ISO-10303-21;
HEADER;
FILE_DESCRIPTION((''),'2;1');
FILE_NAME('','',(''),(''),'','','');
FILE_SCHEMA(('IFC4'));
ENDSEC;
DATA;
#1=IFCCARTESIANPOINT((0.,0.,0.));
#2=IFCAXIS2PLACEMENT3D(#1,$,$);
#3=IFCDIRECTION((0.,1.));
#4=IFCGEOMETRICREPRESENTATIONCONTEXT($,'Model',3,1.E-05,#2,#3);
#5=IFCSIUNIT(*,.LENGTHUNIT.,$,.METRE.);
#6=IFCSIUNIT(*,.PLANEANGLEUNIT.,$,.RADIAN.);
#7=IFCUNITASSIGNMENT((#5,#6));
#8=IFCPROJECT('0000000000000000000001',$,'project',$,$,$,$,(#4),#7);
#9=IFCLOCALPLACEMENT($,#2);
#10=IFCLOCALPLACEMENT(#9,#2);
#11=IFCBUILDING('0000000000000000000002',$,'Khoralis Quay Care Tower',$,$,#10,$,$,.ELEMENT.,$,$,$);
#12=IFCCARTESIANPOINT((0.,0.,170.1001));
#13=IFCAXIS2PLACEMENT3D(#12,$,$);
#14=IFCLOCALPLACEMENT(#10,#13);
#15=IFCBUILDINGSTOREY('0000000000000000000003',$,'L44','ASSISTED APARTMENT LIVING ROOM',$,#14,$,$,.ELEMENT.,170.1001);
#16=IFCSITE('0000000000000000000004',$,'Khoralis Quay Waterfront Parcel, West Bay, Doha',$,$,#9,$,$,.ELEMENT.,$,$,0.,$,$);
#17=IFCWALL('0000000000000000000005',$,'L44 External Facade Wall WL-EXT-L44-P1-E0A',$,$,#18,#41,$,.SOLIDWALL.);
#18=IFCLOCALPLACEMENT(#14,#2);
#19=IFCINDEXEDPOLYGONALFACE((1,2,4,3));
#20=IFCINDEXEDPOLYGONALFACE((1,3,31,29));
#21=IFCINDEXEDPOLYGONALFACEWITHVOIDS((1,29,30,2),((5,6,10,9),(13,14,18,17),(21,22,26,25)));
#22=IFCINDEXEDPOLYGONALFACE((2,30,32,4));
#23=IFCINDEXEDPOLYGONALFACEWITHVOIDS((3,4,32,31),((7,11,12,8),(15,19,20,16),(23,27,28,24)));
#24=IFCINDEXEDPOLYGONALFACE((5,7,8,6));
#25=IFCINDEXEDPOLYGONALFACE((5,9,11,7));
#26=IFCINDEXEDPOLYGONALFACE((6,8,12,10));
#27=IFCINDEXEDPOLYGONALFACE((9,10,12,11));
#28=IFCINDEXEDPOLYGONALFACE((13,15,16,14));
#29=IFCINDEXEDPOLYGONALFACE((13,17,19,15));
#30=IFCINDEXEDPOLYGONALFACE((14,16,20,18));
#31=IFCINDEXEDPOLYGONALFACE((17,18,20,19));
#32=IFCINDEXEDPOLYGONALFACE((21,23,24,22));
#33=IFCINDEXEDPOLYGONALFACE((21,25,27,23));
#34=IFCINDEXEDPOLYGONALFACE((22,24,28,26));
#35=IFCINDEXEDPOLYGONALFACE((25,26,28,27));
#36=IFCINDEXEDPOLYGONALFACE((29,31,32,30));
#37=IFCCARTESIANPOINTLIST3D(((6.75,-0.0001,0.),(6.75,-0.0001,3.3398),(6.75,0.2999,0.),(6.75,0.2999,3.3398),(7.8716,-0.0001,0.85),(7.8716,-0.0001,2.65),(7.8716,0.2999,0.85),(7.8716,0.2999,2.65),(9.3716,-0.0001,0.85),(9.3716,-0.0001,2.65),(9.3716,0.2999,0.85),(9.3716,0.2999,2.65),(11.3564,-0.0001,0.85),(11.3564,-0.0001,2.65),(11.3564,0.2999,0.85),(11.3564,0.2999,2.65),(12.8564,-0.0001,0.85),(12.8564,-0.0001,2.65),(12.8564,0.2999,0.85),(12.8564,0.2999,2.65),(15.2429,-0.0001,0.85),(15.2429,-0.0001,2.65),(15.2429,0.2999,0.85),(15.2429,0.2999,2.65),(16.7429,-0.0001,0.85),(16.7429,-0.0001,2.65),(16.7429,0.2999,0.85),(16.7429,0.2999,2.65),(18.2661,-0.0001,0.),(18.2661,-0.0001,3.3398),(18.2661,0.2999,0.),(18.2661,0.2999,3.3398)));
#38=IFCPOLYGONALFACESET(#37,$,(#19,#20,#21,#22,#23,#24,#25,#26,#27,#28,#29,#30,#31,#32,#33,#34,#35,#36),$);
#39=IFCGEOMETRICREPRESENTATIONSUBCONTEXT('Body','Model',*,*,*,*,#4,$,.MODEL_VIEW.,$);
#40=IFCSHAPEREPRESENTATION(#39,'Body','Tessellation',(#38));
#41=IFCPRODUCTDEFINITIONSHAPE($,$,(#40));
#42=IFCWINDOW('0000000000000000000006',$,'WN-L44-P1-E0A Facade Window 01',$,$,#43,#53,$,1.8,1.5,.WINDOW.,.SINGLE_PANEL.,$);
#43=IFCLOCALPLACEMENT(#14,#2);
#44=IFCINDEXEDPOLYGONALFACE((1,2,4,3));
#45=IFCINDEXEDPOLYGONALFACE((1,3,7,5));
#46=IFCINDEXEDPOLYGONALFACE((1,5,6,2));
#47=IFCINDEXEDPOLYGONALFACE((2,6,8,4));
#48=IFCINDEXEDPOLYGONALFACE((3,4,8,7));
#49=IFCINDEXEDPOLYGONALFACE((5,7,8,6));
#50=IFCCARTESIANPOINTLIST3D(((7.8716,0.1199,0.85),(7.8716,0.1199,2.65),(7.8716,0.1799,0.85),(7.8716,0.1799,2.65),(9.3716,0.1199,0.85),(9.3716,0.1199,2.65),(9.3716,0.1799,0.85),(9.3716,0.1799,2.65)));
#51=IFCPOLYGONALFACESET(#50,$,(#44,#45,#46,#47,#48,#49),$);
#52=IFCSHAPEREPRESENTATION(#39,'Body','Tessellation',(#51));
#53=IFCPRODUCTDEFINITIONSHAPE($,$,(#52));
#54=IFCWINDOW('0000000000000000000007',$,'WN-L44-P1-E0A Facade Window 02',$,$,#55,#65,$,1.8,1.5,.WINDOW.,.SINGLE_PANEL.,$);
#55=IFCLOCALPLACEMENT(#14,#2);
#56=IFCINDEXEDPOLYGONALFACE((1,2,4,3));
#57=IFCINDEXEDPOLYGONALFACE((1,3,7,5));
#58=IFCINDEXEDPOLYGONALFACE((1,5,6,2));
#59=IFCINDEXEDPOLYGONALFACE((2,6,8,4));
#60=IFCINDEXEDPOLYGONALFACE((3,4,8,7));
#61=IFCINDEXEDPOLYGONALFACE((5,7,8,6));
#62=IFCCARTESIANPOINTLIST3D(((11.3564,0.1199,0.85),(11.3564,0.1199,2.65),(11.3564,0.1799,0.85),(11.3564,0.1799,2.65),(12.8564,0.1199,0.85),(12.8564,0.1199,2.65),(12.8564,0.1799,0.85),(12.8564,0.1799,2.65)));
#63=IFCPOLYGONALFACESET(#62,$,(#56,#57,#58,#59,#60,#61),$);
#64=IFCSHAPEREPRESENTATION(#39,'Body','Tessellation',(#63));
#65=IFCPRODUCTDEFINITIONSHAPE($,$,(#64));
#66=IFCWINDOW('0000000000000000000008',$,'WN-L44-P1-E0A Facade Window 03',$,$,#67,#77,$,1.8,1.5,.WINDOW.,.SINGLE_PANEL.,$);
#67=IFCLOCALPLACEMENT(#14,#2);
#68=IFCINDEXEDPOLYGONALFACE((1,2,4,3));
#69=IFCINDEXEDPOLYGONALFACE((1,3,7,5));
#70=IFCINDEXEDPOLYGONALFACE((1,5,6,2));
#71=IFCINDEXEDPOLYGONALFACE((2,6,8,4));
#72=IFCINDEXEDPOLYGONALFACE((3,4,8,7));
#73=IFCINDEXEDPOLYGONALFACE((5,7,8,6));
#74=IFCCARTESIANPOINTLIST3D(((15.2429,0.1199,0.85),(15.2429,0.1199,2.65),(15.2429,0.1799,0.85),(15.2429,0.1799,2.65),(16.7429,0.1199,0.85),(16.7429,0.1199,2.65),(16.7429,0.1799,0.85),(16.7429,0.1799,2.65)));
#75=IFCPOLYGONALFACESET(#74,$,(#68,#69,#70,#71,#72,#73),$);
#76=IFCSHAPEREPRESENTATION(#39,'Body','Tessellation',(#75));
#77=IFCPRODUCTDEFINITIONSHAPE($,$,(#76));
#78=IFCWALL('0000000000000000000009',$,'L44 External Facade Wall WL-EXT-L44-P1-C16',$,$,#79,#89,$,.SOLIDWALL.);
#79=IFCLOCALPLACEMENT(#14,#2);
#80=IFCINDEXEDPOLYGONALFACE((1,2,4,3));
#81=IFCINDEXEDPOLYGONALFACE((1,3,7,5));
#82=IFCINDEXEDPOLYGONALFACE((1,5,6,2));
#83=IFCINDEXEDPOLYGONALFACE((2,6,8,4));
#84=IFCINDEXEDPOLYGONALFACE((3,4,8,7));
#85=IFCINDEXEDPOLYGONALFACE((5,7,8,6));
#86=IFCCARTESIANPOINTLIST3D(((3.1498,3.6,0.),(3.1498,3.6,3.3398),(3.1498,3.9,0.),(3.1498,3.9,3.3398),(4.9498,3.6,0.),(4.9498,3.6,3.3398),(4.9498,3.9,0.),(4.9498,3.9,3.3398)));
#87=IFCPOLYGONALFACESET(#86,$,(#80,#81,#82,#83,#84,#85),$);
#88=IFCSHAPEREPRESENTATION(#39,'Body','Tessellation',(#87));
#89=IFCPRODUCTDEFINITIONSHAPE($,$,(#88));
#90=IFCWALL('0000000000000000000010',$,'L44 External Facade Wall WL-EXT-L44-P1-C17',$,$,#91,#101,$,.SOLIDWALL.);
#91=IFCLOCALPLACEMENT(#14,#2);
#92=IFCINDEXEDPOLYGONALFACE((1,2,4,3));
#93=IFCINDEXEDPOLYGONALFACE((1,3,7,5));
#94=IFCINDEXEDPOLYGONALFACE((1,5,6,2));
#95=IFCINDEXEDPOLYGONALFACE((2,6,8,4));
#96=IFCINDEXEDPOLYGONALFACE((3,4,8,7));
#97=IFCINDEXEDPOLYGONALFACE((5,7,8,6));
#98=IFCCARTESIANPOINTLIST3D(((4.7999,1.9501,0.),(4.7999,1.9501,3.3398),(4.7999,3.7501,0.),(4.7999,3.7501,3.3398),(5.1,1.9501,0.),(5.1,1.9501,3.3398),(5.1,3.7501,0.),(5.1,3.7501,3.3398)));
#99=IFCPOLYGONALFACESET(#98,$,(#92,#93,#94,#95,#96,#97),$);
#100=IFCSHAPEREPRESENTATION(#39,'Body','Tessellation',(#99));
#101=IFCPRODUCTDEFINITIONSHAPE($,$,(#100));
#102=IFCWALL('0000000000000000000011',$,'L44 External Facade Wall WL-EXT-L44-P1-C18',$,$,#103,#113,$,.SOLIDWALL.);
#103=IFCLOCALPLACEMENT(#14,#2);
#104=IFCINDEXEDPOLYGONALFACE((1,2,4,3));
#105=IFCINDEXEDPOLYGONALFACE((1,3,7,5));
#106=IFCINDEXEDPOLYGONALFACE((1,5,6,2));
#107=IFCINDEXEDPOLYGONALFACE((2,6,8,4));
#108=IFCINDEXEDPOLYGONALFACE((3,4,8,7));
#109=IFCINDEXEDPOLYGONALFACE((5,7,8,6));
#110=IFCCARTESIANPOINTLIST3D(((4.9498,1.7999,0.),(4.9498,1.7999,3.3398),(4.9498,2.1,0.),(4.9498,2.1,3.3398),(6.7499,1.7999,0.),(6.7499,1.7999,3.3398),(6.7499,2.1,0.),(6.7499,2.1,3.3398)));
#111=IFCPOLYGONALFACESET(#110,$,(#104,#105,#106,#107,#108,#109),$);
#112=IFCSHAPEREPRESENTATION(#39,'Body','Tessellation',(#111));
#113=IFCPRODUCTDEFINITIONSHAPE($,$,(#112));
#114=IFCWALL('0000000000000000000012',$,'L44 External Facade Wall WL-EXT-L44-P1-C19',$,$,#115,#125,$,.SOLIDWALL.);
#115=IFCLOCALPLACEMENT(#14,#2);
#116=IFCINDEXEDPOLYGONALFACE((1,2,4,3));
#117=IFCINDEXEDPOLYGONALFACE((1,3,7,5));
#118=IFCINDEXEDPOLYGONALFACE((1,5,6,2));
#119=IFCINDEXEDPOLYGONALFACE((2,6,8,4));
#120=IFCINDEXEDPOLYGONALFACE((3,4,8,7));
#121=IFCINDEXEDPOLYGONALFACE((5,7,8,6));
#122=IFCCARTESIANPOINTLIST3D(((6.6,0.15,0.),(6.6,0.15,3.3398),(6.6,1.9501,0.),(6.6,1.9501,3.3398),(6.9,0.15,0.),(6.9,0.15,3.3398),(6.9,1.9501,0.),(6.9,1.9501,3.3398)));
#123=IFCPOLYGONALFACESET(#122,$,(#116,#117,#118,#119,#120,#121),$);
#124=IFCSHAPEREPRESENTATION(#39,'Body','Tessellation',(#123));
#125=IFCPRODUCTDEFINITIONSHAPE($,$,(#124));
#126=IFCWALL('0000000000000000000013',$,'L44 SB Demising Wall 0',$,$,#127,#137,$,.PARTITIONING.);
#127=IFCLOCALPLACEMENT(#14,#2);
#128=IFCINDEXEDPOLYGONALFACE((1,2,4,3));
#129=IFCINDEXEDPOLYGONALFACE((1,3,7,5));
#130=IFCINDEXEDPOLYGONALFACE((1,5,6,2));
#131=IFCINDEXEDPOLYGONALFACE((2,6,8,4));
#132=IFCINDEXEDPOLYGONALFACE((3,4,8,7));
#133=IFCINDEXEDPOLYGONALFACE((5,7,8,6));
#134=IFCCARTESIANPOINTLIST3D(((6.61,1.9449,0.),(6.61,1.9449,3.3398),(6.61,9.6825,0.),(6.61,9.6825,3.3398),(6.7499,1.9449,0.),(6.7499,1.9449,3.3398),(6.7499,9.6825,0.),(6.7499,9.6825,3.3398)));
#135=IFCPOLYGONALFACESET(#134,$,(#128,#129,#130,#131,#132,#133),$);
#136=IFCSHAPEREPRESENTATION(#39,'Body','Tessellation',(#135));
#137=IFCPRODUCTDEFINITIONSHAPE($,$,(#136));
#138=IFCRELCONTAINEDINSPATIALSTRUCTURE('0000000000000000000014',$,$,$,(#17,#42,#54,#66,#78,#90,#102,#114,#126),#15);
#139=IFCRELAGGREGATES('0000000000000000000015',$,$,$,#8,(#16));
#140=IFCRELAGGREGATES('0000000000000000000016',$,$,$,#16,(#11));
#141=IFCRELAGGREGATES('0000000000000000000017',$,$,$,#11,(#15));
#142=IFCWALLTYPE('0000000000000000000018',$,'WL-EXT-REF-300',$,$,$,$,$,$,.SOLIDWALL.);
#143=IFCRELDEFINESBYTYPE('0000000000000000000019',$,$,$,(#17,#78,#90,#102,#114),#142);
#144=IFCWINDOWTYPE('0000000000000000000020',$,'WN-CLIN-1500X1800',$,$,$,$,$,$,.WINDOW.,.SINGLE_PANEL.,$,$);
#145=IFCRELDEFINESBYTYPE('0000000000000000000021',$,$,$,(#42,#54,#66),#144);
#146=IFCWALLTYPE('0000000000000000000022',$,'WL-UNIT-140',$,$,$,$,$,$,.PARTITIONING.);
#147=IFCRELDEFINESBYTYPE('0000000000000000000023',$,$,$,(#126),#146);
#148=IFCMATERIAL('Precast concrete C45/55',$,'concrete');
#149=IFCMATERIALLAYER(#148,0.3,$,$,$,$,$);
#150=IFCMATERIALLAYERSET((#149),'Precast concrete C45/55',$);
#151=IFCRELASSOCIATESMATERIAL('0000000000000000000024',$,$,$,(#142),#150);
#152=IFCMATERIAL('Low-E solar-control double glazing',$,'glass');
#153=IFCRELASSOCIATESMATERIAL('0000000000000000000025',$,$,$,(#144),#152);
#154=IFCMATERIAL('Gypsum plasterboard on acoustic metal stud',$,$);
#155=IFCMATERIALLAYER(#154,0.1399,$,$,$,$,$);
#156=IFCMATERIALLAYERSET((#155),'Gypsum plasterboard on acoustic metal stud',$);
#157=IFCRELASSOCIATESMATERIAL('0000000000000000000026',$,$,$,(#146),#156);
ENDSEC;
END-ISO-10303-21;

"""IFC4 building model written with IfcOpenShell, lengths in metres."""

from ifc_helpers import new_model, si_unit, direction, frame, frame_2d, origin, place, context, subcontext, project, spatial, rectangle, extrude, source, transform, mapped, material, layer, layer_set, type_object, element, fill, save


model = new_model("IFC4")

# Units and contexts
model_context = context("Model", 3, precision=1e-05, world=origin(), true_north=direction((0.0, 1.0)))
body_context = subcontext(model_context, "Body", "Model", "MODEL_VIEW")
ifc_project = project(units=[si_unit("LENGTHUNIT", "METRE"), si_unit("PLANEANGLEUNIT", "RADIAN")], contexts=[model_context])

# Site, building, storey
site_placement = place(None, origin())
site = spatial("IfcSite", under=ifc_project, at=site_placement, Name="Khoralis Quay Waterfront Parcel, West Bay, Doha", CompositionType="ELEMENT", RefElevation=0.0)
building_placement = place(site_placement, origin())
building = spatial("IfcBuilding", under=site, at=building_placement, Name="Khoralis Quay Care Tower", CompositionType="ELEMENT")
storey_placement = place(building_placement, frame((0.0, 0.0, 170.1001)))
storey = spatial("IfcBuildingStorey", under=building, at=storey_placement, Name="L44", Description="ASSISTED APARTMENT LIVING ROOM", CompositionType="ELEMENT", Elevation=170.1001)

# Shared definitions
ifc_material_1 = material(Name="Precast concrete C45/55", Category="concrete")

# Wall, openings, windows
ifc_layer_1 = layer(ifc_material_1, 0.3)
ifc_layer_set_1 = layer_set([ifc_layer_1], Name="Precast concrete C45/55")
wall_type_1 = type_object("IfcWallType", Name="WL-EXT-REF-300", PredefinedType="SOLIDWALL", material=ifc_layer_set_1)
wall_1_placement = place(storey_placement, frame((6.75, 0.1499, 0.0), z_axis=(0.0, 0.0, 1.0), x_axis=(1.0, 0.0, 0.0)))
wall_1 = element("IfcWall", 1, at=wall_1_placement, inside=storey, type_object=wall_type_1, Name="L44 External Facade Wall WL-EXT-L44-P1-E0A", PredefinedType="SOLIDWALL", context=body_context, shape_type="SweptSolid", body=[
    extrude(rectangle(XDim=11.5161, YDim=0.3, at=frame_2d((5.7581, 0.0))), origin(), (0.0, 0.0, 1.0), 3.3398),
])
opening_1_placement = place(wall_1_placement, frame((1.1216, 0.0, 0.8501)))
opening_1 = element("IfcOpeningElement", 2, at=opening_1_placement, cuts=wall_1, PredefinedType="OPENING", context=body_context, shape_type="SweptSolid", body=[
    extrude(rectangle(XDim=1.5, YDim=1.8, at=frame_2d((0.75, 0.8999))), frame((0.0, 0.1602, 0.0), z_axis=(0.0, -1.0, 0.0), x_axis=(1.0, 0.0, 0.0)), (0.0, 0.0, 1.0), 0.3201),
])
opening_2_placement = place(wall_1_placement, frame((4.6064, 0.0, 0.8501)))
opening_2 = element("IfcOpeningElement", 3, at=opening_2_placement, cuts=wall_1, PredefinedType="OPENING", context=body_context, shape_type="SweptSolid", body=[
    extrude(rectangle(XDim=1.5, YDim=1.8, at=frame_2d((0.75, 0.8999))), frame((0.0, 0.1602, 0.0), z_axis=(0.0, -1.0, 0.0), x_axis=(1.0, 0.0, 0.0)), (0.0, 0.0, 1.0), 0.3201),
])
opening_3_placement = place(wall_1_placement, frame((8.4929, 0.0, 0.8501)))
opening_3 = element("IfcOpeningElement", 4, at=opening_3_placement, cuts=wall_1, PredefinedType="OPENING", context=body_context, shape_type="SweptSolid", body=[
    extrude(rectangle(XDim=1.5, YDim=1.8, at=frame_2d((0.75, 0.8999))), frame((0.0, 0.1602, 0.0), z_axis=(0.0, -1.0, 0.0), x_axis=(1.0, 0.0, 0.0)), (0.0, 0.0, 1.0), 0.3201),
])
ifc_material_2 = material(Name="Low-E solar-control double glazing", Category="glass")
window_type = type_object("IfcWindowType", Name="WN-CLIN-1500X1800", PartitioningType="SINGLE_PANEL", PredefinedType="WINDOW", material=ifc_material_2)
shared_shape_1 = source(origin(), body_context, "Body", "SweptSolid", [
    extrude(rectangle(XDim=1.5, YDim=1.8, at=frame_2d((0.75, 0.8999))), frame((0.0, 0.03, 0.0), z_axis=(0.0, -1.0, 0.0), x_axis=(1.0, 0.0, 0.0)), (0.0, 0.0, 1.0), 0.0601),
])
window_1_placement = place(opening_1_placement, origin())
window_1 = element("IfcWindow", 5, at=window_1_placement, inside=storey, type_object=window_type, Name="WN-L44-P1-E0A Facade Window 01", OverallHeight=1.8, OverallWidth=1.5, PartitioningType="SINGLE_PANEL", PredefinedType="WINDOW", context=body_context, shape_type="MappedRepresentation", body=[
    mapped(shared_shape_1, transform((0.0, 0.0, 0.0), scale=1.0)),
])
fill(opening_1, window_1)
window_2_placement = place(opening_2_placement, origin())
window_2 = element("IfcWindow", 6, at=window_2_placement, inside=storey, type_object=window_type, Name="WN-L44-P1-E0A Facade Window 02", OverallHeight=1.8, OverallWidth=1.5, PartitioningType="SINGLE_PANEL", PredefinedType="WINDOW", context=body_context, shape_type="MappedRepresentation", body=[
    mapped(shared_shape_1, transform((0.0, 0.0, 0.0), scale=1.0)),
])
fill(opening_2, window_2)
window_3_placement = place(opening_3_placement, origin())
window_3 = element("IfcWindow", 7, at=window_3_placement, inside=storey, type_object=window_type, Name="WN-L44-P1-E0A Facade Window 03", OverallHeight=1.8, OverallWidth=1.5, PartitioningType="SINGLE_PANEL", PredefinedType="WINDOW", context=body_context, shape_type="MappedRepresentation", body=[
    mapped(shared_shape_1, transform((0.0, 0.0, 0.0), scale=1.0)),
])
fill(opening_3, window_3)

# Walls
for number, where, z_axis, x_axis, name in (
    (8, (3.1499, 3.75, 0.0), (0.0, 0.0, 1.0), (1.0, 0.0, 0.0), "L44 External Facade Wall WL-EXT-L44-P1-C16"),
    (9, (4.95, 3.75, 0.0), (0.0, 0.0, 1.0), (0.0, -1.0, 0.0), "L44 External Facade Wall WL-EXT-L44-P1-C17"),
    (10, (4.95, 1.95, 0.0), (0.0, 0.0, 1.0), (1.0, 0.0, 0.0), "L44 External Facade Wall WL-EXT-L44-P1-C18"),
    (11, (6.75, 1.95, 0.0), (0.0, 0.0, 1.0), (0.0, -1.0, 0.0), "L44 External Facade Wall WL-EXT-L44-P1-C19"),
):
    element("IfcWall", number, at=place(storey_placement, frame(where, z_axis=z_axis, x_axis=x_axis)), inside=storey, type_object=wall_type_1, Name=name, PredefinedType="SOLIDWALL", context=body_context, shape_type="SweptSolid", body=[
        extrude(rectangle(XDim=1.8, YDim=0.3, at=frame_2d((0.8999, 0.0))), origin(), (0.0, 0.0, 1.0), 3.3398),
    ])
ifc_material_3 = material(Name="Gypsum plasterboard on acoustic metal stud")
ifc_layer_2 = layer(ifc_material_3, 0.1399)
ifc_layer_set_2 = layer_set([ifc_layer_2], Name="Gypsum plasterboard on acoustic metal stud")
wall_type_2 = type_object("IfcWallType", Name="WL-UNIT-140", PredefinedType="PARTITIONING", material=ifc_layer_set_2)
wall_2_placement = place(storey_placement, frame((6.6799, 1.9451, 0.0), z_axis=(0.0, 0.0, 1.0), x_axis=(0.0, 1.0, 0.0)))
element("IfcWall", 12, at=wall_2_placement, inside=storey, type_object=wall_type_2, Name="L44 SB Demising Wall 0", PredefinedType="PARTITIONING", context=body_context, shape_type="SweptSolid", body=[
    extrude(rectangle(XDim=7.7375, YDim=0.1399, at=frame_2d((3.8687, 0.0))), origin(), (0.0, 0.0, 1.0), 3.3398),
])

save(model, "model.ifc")
